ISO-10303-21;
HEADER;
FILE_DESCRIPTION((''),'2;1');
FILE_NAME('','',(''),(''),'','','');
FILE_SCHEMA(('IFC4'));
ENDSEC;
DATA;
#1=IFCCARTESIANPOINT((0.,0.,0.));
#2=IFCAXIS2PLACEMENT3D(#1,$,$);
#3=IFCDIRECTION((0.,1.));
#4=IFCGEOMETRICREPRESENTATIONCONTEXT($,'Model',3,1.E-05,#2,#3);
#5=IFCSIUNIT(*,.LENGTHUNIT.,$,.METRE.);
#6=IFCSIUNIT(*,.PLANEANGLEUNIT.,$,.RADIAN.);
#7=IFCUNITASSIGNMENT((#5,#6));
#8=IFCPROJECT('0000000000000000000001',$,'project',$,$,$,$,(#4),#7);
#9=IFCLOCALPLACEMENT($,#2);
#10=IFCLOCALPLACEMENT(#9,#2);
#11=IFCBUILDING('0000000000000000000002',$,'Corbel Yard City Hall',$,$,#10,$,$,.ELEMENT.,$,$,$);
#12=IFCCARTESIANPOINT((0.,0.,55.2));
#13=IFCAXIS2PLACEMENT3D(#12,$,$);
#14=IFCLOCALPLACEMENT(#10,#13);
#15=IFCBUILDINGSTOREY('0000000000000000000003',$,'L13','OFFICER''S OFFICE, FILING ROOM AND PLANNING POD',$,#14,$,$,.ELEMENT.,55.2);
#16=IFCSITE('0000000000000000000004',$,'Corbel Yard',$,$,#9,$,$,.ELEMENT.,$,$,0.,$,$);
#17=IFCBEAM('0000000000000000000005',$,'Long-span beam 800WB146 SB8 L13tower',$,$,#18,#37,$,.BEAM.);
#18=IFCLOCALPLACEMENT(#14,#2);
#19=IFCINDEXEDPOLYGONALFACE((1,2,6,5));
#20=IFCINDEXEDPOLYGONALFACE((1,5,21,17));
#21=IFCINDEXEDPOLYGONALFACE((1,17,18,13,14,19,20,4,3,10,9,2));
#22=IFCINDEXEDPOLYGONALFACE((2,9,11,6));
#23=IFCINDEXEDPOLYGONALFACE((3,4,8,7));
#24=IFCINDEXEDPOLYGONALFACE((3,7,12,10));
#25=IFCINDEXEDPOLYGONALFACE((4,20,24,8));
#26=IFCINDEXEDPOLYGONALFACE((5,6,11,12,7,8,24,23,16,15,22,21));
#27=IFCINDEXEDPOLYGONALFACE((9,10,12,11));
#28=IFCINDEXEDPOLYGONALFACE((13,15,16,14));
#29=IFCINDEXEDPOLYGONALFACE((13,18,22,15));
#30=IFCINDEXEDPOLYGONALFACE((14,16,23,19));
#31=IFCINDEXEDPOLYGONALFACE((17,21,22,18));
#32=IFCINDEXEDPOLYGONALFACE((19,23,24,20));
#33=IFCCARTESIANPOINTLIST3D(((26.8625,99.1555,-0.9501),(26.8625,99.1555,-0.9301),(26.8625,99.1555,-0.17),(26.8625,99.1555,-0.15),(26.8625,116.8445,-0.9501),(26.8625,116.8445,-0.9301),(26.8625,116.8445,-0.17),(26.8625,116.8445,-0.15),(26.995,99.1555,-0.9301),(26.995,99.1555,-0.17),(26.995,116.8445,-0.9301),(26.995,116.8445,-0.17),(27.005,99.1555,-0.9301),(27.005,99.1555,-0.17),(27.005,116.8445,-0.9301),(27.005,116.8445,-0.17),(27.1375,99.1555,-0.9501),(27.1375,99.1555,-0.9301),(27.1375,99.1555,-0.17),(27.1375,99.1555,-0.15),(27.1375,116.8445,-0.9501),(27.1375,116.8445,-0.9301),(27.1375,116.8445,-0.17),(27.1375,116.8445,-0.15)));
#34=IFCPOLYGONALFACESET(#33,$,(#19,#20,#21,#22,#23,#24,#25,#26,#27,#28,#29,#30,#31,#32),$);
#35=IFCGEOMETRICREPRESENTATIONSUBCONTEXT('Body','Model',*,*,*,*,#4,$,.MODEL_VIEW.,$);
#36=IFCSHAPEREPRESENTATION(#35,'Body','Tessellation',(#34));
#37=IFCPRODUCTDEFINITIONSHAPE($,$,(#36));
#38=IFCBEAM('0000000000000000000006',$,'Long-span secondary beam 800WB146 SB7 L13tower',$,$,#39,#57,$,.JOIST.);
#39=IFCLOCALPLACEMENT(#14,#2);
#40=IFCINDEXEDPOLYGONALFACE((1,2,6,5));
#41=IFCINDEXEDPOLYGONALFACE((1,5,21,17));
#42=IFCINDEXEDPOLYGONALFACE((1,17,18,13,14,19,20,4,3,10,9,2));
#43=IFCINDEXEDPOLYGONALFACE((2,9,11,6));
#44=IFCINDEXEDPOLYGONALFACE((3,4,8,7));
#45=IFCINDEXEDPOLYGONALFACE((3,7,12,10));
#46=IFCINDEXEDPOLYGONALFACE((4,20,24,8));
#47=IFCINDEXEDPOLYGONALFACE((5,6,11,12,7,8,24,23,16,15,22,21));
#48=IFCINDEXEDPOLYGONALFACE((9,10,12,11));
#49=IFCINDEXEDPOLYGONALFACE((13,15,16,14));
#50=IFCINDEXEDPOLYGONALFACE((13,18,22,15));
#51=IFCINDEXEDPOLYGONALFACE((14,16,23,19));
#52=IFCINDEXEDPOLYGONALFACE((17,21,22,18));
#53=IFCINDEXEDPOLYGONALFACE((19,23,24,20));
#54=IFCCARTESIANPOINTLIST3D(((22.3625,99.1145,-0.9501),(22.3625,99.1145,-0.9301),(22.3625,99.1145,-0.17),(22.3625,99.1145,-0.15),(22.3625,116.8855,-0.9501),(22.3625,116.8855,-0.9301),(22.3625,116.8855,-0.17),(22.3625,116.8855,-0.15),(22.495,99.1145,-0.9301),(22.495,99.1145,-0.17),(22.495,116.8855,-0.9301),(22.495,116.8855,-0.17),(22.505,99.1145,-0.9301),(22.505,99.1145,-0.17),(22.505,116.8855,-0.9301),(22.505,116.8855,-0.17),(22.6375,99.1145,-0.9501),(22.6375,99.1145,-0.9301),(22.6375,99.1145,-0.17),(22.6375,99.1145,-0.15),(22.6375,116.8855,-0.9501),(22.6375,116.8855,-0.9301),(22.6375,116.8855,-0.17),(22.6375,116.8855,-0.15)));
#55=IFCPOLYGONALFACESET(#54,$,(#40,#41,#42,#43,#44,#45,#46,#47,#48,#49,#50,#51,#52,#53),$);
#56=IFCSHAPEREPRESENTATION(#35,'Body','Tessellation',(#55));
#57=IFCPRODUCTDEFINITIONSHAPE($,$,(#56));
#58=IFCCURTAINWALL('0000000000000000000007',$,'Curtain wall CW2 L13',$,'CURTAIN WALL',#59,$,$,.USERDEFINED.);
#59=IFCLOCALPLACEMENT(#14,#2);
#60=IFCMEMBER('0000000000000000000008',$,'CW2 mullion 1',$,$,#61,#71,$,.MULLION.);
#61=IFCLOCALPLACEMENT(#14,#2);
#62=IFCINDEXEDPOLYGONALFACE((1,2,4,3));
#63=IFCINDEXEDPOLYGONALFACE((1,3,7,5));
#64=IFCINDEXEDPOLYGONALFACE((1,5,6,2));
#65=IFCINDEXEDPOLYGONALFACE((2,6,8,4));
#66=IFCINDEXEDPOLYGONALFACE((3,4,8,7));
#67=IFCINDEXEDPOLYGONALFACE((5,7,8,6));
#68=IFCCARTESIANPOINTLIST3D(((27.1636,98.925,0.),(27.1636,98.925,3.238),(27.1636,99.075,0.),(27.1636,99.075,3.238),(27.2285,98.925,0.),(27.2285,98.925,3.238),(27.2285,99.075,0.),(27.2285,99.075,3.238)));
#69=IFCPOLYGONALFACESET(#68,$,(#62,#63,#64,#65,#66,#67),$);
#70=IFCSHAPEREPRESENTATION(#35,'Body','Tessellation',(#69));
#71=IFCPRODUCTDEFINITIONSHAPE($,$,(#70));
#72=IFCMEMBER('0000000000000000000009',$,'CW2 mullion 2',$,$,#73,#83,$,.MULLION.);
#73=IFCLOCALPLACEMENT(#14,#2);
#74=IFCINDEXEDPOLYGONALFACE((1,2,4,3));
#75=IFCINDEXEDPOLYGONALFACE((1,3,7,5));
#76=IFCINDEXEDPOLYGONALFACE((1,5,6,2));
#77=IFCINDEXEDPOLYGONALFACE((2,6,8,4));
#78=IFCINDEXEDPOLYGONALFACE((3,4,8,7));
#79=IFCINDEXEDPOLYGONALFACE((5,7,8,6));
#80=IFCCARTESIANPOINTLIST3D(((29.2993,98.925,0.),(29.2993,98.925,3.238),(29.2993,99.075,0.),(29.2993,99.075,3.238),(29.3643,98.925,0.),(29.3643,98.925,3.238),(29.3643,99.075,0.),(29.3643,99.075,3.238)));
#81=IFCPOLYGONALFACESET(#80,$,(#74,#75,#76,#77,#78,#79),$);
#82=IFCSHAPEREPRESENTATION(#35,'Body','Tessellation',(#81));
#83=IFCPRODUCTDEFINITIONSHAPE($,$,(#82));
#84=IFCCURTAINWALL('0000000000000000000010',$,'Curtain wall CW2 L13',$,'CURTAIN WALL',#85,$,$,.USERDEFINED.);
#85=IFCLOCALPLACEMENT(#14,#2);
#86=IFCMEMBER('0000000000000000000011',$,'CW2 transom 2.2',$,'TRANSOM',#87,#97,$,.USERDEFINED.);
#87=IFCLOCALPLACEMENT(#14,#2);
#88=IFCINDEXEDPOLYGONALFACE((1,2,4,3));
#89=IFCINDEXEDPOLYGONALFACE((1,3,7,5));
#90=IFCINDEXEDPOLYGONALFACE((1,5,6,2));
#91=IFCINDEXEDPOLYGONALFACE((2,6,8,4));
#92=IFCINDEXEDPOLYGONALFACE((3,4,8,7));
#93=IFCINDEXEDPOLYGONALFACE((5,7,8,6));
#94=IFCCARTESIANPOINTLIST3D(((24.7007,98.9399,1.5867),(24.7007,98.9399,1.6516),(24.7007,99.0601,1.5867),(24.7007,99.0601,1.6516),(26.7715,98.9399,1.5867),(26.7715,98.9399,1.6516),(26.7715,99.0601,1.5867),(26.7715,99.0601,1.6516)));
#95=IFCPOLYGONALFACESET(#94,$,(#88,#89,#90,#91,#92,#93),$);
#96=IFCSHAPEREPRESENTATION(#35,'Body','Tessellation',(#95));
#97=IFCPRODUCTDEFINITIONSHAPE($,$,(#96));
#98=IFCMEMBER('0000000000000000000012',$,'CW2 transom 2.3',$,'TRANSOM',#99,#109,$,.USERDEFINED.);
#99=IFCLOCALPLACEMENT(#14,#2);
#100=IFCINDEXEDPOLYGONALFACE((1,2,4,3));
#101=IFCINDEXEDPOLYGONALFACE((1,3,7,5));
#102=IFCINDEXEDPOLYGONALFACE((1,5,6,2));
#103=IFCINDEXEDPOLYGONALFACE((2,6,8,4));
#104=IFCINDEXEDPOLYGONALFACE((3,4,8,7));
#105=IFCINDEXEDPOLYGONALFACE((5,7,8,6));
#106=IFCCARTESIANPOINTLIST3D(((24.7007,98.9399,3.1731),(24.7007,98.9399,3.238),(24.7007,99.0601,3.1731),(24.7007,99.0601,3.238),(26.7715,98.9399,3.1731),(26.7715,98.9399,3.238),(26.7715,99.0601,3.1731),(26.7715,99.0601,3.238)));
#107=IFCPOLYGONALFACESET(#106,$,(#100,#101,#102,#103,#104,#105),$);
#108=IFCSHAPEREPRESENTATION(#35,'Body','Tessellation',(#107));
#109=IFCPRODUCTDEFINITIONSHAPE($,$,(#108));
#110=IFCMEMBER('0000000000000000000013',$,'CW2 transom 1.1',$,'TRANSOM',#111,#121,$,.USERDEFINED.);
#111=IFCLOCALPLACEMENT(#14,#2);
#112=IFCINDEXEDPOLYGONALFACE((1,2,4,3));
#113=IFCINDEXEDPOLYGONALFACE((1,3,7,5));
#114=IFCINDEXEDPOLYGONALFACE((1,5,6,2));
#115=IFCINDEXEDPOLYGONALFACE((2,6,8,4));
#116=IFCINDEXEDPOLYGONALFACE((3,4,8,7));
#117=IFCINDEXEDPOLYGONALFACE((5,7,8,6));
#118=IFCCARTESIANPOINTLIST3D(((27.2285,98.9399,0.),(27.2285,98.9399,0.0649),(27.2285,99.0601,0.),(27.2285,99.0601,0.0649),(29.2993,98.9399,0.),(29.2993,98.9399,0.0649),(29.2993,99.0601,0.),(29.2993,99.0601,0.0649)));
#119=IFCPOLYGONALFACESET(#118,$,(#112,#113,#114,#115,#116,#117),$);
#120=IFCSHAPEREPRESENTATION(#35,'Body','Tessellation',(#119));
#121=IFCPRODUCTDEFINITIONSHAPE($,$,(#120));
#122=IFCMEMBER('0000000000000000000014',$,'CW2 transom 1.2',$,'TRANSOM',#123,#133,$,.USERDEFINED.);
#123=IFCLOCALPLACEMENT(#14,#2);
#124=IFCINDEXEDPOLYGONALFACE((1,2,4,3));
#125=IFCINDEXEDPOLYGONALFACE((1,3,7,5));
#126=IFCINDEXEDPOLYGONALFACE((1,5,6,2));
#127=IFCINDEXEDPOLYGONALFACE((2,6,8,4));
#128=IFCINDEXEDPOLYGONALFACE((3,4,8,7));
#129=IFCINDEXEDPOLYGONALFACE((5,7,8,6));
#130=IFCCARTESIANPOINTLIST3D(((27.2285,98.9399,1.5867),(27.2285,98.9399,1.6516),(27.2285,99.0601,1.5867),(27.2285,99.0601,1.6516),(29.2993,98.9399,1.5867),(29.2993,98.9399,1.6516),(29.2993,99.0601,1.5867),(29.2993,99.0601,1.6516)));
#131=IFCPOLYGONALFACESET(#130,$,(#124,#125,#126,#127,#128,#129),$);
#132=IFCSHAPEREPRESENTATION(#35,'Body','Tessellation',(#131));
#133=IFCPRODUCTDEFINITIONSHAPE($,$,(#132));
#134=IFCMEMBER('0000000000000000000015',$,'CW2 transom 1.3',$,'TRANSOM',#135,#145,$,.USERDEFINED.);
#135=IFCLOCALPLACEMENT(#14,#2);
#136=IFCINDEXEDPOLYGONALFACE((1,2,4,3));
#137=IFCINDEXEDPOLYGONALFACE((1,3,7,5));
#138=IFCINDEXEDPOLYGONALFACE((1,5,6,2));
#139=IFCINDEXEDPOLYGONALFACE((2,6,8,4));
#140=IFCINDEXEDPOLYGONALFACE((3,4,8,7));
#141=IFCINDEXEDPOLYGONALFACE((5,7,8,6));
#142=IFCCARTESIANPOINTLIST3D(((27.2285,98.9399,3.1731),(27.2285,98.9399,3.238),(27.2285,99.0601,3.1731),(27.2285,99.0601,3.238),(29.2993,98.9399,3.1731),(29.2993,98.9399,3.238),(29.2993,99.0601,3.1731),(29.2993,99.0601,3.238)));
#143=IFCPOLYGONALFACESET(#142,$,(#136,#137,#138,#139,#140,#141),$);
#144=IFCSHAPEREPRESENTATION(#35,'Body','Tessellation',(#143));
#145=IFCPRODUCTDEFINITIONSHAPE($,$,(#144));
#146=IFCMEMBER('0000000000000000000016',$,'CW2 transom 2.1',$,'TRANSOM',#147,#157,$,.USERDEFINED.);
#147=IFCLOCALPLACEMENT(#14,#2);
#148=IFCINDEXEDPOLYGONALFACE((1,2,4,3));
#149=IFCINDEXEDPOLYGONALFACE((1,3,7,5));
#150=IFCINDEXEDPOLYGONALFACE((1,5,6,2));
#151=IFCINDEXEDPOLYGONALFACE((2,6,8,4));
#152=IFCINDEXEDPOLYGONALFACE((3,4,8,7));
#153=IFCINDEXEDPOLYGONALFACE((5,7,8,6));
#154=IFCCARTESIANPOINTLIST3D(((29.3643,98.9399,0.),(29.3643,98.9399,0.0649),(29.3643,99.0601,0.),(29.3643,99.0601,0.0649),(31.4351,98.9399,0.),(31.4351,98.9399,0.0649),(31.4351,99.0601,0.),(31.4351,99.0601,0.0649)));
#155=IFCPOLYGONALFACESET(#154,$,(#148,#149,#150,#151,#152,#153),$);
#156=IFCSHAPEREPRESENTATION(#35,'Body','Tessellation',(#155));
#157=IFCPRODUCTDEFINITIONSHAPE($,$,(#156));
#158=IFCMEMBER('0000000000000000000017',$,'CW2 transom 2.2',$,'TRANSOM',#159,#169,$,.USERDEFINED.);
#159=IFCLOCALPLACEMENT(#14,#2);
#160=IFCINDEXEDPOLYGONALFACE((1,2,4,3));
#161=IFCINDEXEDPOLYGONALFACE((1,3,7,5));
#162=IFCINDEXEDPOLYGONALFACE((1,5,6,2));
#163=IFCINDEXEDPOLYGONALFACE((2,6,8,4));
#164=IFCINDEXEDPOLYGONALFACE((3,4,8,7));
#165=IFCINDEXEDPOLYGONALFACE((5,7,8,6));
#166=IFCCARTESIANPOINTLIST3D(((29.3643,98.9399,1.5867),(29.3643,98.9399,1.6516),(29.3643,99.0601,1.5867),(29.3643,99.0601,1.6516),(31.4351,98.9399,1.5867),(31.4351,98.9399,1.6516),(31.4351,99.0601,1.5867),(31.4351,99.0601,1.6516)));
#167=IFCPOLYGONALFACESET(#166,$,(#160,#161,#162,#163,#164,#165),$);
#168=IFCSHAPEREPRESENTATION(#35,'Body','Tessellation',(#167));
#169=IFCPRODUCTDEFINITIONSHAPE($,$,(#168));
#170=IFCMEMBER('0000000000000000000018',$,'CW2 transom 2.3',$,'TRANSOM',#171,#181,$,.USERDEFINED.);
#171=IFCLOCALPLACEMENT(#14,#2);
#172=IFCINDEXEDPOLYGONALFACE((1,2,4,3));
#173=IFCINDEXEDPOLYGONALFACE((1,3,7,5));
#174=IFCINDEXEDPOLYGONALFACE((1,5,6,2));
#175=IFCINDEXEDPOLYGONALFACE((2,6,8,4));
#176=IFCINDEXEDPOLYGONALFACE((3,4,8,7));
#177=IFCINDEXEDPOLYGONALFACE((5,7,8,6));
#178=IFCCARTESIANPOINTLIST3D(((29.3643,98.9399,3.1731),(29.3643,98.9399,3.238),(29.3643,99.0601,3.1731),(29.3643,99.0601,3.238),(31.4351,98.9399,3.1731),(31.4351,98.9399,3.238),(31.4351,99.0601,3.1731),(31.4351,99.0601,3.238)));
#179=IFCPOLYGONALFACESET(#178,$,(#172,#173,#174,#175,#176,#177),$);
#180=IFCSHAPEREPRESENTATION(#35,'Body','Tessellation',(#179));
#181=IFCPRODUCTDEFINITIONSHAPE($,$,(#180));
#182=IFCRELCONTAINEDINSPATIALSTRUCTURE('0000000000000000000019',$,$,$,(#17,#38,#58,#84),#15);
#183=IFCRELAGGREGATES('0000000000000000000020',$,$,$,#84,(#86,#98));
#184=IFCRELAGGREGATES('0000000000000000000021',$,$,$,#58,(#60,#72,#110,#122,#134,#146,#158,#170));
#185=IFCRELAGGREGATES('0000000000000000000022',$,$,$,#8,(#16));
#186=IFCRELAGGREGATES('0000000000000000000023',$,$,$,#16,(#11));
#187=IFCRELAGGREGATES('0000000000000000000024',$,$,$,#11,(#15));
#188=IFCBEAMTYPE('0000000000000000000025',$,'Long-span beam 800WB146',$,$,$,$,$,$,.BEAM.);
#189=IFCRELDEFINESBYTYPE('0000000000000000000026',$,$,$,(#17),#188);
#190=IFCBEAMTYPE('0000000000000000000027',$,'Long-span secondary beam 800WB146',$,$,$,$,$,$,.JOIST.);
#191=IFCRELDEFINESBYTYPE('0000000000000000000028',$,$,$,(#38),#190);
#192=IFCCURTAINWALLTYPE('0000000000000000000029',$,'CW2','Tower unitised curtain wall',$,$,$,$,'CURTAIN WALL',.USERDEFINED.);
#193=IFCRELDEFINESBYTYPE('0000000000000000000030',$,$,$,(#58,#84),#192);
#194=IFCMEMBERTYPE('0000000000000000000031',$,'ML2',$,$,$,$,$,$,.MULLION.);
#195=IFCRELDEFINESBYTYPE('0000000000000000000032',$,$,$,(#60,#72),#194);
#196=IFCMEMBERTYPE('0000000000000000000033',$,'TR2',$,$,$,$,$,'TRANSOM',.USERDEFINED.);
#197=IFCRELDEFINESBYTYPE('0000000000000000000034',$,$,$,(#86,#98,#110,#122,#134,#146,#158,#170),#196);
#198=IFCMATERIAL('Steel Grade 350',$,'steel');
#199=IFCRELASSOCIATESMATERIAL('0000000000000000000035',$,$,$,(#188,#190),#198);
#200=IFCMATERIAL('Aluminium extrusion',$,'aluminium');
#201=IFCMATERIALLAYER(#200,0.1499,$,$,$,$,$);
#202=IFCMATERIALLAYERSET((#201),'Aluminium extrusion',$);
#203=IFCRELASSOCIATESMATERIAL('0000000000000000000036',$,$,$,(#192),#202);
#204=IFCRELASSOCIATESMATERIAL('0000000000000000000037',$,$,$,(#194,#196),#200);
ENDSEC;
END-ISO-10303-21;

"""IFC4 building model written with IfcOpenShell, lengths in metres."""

from ifc_helpers import new_model, si_unit, direction, frame, origin, origin_2d, place, context, subcontext, project, spatial, rectangle, i_section, extrude, material, layer, layer_set, material_profile, profile_set, type_object, element, aggregate, save


model = new_model("IFC4")

# Units and contexts
model_context = context("Model", 3, precision=1e-05, world=origin(), true_north=direction((0.0, 1.0)))
body_context = subcontext(model_context, "Body", "Model", "MODEL_VIEW")
ifc_project = project(units=[si_unit("LENGTHUNIT", "METRE"), si_unit("PLANEANGLEUNIT", "RADIAN")], contexts=[model_context])

# Site, building, storey
site_placement = place(None, origin())
site = spatial("IfcSite", under=ifc_project, at=site_placement, Name="Corbel Yard", CompositionType="ELEMENT", RefElevation=0.0)
building_placement = place(site_placement, origin())
building = spatial("IfcBuilding", under=site, at=building_placement, Name="Corbel Yard City Hall", CompositionType="ELEMENT")
storey_placement = place(building_placement, frame((0.0, 0.0, 55.2)))
storey = spatial("IfcBuildingStorey", under=building, at=storey_placement, Name="L13", Description="OFFICER'S OFFICE, FILING ROOM AND PLANNING POD", CompositionType="ELEMENT", Elevation=55.2)

# Beams
ifc_material_1 = material(Name="Steel Grade 350", Category="steel")
ifc_material_profile_1 = material_profile(ifc_material_1, i_section(OverallWidth=0.2749, OverallDepth=0.8, WebThickness=0.01, FlangeThickness=0.02, at=origin_2d()), Name="800WB146")
ifc_profile_set_1 = profile_set([ifc_material_profile_1], Name="Steel Grade 350")
beam_type_1 = type_object("IfcBeamType", Name="Long-span beam 800WB146", PredefinedType="BEAM", material=ifc_profile_set_1)
beam_1_placement = place(storey_placement, frame((27.0, 99.1555, -0.55), z_axis=(0.0, 1.0, 0.0), x_axis=(-1.0, 0.0, 0.0)))
element("IfcBeam", 1, at=beam_1_placement, inside=storey, type_object=beam_type_1, Name="Long-span beam 800WB146 SB8 L13tower", PredefinedType="BEAM", context=body_context, shape_type="SweptSolid", body=[
    extrude(i_section(OverallWidth=0.2749, OverallDepth=0.8, WebThickness=0.01, FlangeThickness=0.02, at=origin_2d()), origin(), (0.0, 0.0, 1.0), 17.689),
])
ifc_material_profile_2 = material_profile(ifc_material_1, i_section(OverallWidth=0.2749, OverallDepth=0.8, WebThickness=0.01, FlangeThickness=0.02, at=origin_2d()), Name="800WB146")
ifc_profile_set_2 = profile_set([ifc_material_profile_2], Name="Steel Grade 350")
beam_type_2 = type_object("IfcBeamType", Name="Long-span secondary beam 800WB146", PredefinedType="JOIST", material=ifc_profile_set_2)
beam_2_placement = place(storey_placement, frame((22.5, 99.1145, -0.55), z_axis=(0.0, 1.0, 0.0), x_axis=(-1.0, 0.0, 0.0)))
element("IfcBeam", 2, at=beam_2_placement, inside=storey, type_object=beam_type_2, Name="Long-span secondary beam 800WB146 SB7 L13tower", PredefinedType="JOIST", context=body_context, shape_type="SweptSolid", body=[
    extrude(i_section(OverallWidth=0.2749, OverallDepth=0.8, WebThickness=0.01, FlangeThickness=0.02, at=origin_2d()), origin(), (0.0, 0.0, 1.0), 17.771),
])

# Curtain walls, members
ifc_material_2 = material(Name="Aluminium extrusion", Category="aluminium")
ifc_layer_1 = layer(ifc_material_2, 0.1499)
ifc_layer_set_1 = layer_set([ifc_layer_1], Name="Aluminium extrusion")
curtain_wall_type = type_object("IfcCurtainWallType", Name="CW2", Description="Tower unitised curtain wall", ElementType="CURTAIN WALL", PredefinedType="USERDEFINED", material=ifc_layer_set_1)
curtain_wall_1_placement = place(storey_placement, origin())
curtain_wall_1 = element("IfcCurtainWall", 3, at=curtain_wall_1_placement, inside=storey, type_object=curtain_wall_type, Name="Curtain wall CW2 L13", ObjectType="CURTAIN WALL", PredefinedType="USERDEFINED")
ifc_material_profile_3 = material_profile(ifc_material_2, rectangle(XDim=0.1499, YDim=0.0649, at=origin_2d()), Name="150x65")
ifc_profile_set_3 = profile_set([ifc_material_profile_3], Name="Aluminium extrusion")
member_type_1 = type_object("IfcMemberType", Name="ML2", PredefinedType="MULLION", material=ifc_profile_set_3)
member_1_placement = place(storey_placement, frame((27.196, 99.0, 0.0), z_axis=(0.0, 0.0, 1.0), x_axis=(0.0, 1.0, 0.0)))
member_1 = element("IfcMember", 4, at=member_1_placement, type_object=member_type_1, Name="CW2 mullion 1", PredefinedType="MULLION", context=body_context, shape_type="SweptSolid", body=[
    extrude(rectangle(XDim=0.1499, YDim=0.0649, at=origin_2d()), origin(), (0.0, 0.0, 1.0), 3.238),
])
member_2_placement = place(storey_placement, frame((29.3318, 99.0, 0.0), z_axis=(0.0, 0.0, 1.0), x_axis=(0.0, 1.0, 0.0)))
member_2 = element("IfcMember", 5, at=member_2_placement, type_object=member_type_1, Name="CW2 mullion 2", PredefinedType="MULLION", context=body_context, shape_type="SweptSolid", body=[
    extrude(rectangle(XDim=0.1499, YDim=0.0649, at=origin_2d()), origin(), (0.0, 0.0, 1.0), 3.238),
])
curtain_wall_2_placement = place(storey_placement, origin())
curtain_wall_2 = element("IfcCurtainWall", 6, at=curtain_wall_2_placement, inside=storey, type_object=curtain_wall_type, Name="Curtain wall CW2 L13", ObjectType="CURTAIN WALL", PredefinedType="USERDEFINED")
ifc_material_profile_4 = material_profile(ifc_material_2, rectangle(XDim=0.1201, YDim=0.0649, at=origin_2d()), Name="120x65")
ifc_profile_set_4 = profile_set([ifc_material_profile_4], Name="Aluminium extrusion")
member_type_2 = type_object("IfcMemberType", Name="TR2", ElementType="TRANSOM", PredefinedType="USERDEFINED", material=ifc_profile_set_4)
member_3_placement = place(storey_placement, frame((24.7007, 99.0, 1.6191), z_axis=(1.0, 0.0, 0.0), x_axis=(0.0, 1.0, 0.0)))
member_3 = element("IfcMember", 7, at=member_3_placement, type_object=member_type_2, Name="CW2 transom 2.2", ObjectType="TRANSOM", PredefinedType="USERDEFINED", context=body_context, shape_type="SweptSolid", body=[
    extrude(rectangle(XDim=0.1201, YDim=0.0649, at=origin_2d()), origin(), (0.0, 0.0, 1.0), 2.0708),
])
member_4_placement = place(storey_placement, frame((24.7007, 99.0, 3.2056), z_axis=(1.0, 0.0, 0.0), x_axis=(0.0, 1.0, 0.0)))
member_4 = element("IfcMember", 8, at=member_4_placement, type_object=member_type_2, Name="CW2 transom 2.3", ObjectType="TRANSOM", PredefinedType="USERDEFINED", context=body_context, shape_type="SweptSolid", body=[
    extrude(rectangle(XDim=0.1201, YDim=0.0649, at=origin_2d()), origin(), (0.0, 0.0, 1.0), 2.0708),
])

# Members
member_5_placement = place(storey_placement, frame((27.2285, 99.0, 0.0325), z_axis=(1.0, 0.0, 0.0), x_axis=(0.0, 1.0, 0.0)))
member_5 = element("IfcMember", 9, at=member_5_placement, type_object=member_type_2, Name="CW2 transom 1.1", ObjectType="TRANSOM", PredefinedType="USERDEFINED", context=body_context, shape_type="SweptSolid", body=[
    extrude(rectangle(XDim=0.1201, YDim=0.0649, at=origin_2d()), origin(), (0.0, 0.0, 1.0), 2.0708),
])
member_6_placement = place(storey_placement, frame((27.2285, 99.0, 1.6191), z_axis=(1.0, 0.0, 0.0), x_axis=(0.0, 1.0, 0.0)))
member_6 = element("IfcMember", 10, at=member_6_placement, type_object=member_type_2, Name="CW2 transom 1.2", ObjectType="TRANSOM", PredefinedType="USERDEFINED", context=body_context, shape_type="SweptSolid", body=[
    extrude(rectangle(XDim=0.1201, YDim=0.0649, at=origin_2d()), origin(), (0.0, 0.0, 1.0), 2.0708),
])
member_7_placement = place(storey_placement, frame((27.2285, 99.0, 3.2056), z_axis=(1.0, 0.0, 0.0), x_axis=(0.0, 1.0, 0.0)))
member_7 = element("IfcMember", 11, at=member_7_placement, type_object=member_type_2, Name="CW2 transom 1.3", ObjectType="TRANSOM", PredefinedType="USERDEFINED", context=body_context, shape_type="SweptSolid", body=[
    extrude(rectangle(XDim=0.1201, YDim=0.0649, at=origin_2d()), origin(), (0.0, 0.0, 1.0), 2.0708),
])
member_8_placement = place(storey_placement, frame((29.3643, 99.0, 0.0325), z_axis=(1.0, 0.0, 0.0), x_axis=(0.0, 1.0, 0.0)))
member_8 = element("IfcMember", 12, at=member_8_placement, type_object=member_type_2, Name="CW2 transom 2.1", ObjectType="TRANSOM", PredefinedType="USERDEFINED", context=body_context, shape_type="SweptSolid", body=[
    extrude(rectangle(XDim=0.1201, YDim=0.0649, at=origin_2d()), origin(), (0.0, 0.0, 1.0), 2.0708),
])
member_9_placement = place(storey_placement, frame((29.3643, 99.0, 1.6191), z_axis=(1.0, 0.0, 0.0), x_axis=(0.0, 1.0, 0.0)))
member_9 = element("IfcMember", 13, at=member_9_placement, type_object=member_type_2, Name="CW2 transom 2.2", ObjectType="TRANSOM", PredefinedType="USERDEFINED", context=body_context, shape_type="SweptSolid", body=[
    extrude(rectangle(XDim=0.1201, YDim=0.0649, at=origin_2d()), origin(), (0.0, 0.0, 1.0), 2.0708),
])
member_10_placement = place(storey_placement, frame((29.3643, 99.0, 3.2056), z_axis=(1.0, 0.0, 0.0), x_axis=(0.0, 1.0, 0.0)))
member_10 = element("IfcMember", 14, at=member_10_placement, type_object=member_type_2, Name="CW2 transom 2.3", ObjectType="TRANSOM", PredefinedType="USERDEFINED", context=body_context, shape_type="SweptSolid", body=[
    extrude(rectangle(XDim=0.1201, YDim=0.0649, at=origin_2d()), origin(), (0.0, 0.0, 1.0), 2.0708),
])

aggregate(curtain_wall_2, [member_3, member_4])
aggregate(curtain_wall_1, [member_1, member_2, member_5, member_6, member_7, member_8, member_9, member_10])

save(model, "model.ifc")
